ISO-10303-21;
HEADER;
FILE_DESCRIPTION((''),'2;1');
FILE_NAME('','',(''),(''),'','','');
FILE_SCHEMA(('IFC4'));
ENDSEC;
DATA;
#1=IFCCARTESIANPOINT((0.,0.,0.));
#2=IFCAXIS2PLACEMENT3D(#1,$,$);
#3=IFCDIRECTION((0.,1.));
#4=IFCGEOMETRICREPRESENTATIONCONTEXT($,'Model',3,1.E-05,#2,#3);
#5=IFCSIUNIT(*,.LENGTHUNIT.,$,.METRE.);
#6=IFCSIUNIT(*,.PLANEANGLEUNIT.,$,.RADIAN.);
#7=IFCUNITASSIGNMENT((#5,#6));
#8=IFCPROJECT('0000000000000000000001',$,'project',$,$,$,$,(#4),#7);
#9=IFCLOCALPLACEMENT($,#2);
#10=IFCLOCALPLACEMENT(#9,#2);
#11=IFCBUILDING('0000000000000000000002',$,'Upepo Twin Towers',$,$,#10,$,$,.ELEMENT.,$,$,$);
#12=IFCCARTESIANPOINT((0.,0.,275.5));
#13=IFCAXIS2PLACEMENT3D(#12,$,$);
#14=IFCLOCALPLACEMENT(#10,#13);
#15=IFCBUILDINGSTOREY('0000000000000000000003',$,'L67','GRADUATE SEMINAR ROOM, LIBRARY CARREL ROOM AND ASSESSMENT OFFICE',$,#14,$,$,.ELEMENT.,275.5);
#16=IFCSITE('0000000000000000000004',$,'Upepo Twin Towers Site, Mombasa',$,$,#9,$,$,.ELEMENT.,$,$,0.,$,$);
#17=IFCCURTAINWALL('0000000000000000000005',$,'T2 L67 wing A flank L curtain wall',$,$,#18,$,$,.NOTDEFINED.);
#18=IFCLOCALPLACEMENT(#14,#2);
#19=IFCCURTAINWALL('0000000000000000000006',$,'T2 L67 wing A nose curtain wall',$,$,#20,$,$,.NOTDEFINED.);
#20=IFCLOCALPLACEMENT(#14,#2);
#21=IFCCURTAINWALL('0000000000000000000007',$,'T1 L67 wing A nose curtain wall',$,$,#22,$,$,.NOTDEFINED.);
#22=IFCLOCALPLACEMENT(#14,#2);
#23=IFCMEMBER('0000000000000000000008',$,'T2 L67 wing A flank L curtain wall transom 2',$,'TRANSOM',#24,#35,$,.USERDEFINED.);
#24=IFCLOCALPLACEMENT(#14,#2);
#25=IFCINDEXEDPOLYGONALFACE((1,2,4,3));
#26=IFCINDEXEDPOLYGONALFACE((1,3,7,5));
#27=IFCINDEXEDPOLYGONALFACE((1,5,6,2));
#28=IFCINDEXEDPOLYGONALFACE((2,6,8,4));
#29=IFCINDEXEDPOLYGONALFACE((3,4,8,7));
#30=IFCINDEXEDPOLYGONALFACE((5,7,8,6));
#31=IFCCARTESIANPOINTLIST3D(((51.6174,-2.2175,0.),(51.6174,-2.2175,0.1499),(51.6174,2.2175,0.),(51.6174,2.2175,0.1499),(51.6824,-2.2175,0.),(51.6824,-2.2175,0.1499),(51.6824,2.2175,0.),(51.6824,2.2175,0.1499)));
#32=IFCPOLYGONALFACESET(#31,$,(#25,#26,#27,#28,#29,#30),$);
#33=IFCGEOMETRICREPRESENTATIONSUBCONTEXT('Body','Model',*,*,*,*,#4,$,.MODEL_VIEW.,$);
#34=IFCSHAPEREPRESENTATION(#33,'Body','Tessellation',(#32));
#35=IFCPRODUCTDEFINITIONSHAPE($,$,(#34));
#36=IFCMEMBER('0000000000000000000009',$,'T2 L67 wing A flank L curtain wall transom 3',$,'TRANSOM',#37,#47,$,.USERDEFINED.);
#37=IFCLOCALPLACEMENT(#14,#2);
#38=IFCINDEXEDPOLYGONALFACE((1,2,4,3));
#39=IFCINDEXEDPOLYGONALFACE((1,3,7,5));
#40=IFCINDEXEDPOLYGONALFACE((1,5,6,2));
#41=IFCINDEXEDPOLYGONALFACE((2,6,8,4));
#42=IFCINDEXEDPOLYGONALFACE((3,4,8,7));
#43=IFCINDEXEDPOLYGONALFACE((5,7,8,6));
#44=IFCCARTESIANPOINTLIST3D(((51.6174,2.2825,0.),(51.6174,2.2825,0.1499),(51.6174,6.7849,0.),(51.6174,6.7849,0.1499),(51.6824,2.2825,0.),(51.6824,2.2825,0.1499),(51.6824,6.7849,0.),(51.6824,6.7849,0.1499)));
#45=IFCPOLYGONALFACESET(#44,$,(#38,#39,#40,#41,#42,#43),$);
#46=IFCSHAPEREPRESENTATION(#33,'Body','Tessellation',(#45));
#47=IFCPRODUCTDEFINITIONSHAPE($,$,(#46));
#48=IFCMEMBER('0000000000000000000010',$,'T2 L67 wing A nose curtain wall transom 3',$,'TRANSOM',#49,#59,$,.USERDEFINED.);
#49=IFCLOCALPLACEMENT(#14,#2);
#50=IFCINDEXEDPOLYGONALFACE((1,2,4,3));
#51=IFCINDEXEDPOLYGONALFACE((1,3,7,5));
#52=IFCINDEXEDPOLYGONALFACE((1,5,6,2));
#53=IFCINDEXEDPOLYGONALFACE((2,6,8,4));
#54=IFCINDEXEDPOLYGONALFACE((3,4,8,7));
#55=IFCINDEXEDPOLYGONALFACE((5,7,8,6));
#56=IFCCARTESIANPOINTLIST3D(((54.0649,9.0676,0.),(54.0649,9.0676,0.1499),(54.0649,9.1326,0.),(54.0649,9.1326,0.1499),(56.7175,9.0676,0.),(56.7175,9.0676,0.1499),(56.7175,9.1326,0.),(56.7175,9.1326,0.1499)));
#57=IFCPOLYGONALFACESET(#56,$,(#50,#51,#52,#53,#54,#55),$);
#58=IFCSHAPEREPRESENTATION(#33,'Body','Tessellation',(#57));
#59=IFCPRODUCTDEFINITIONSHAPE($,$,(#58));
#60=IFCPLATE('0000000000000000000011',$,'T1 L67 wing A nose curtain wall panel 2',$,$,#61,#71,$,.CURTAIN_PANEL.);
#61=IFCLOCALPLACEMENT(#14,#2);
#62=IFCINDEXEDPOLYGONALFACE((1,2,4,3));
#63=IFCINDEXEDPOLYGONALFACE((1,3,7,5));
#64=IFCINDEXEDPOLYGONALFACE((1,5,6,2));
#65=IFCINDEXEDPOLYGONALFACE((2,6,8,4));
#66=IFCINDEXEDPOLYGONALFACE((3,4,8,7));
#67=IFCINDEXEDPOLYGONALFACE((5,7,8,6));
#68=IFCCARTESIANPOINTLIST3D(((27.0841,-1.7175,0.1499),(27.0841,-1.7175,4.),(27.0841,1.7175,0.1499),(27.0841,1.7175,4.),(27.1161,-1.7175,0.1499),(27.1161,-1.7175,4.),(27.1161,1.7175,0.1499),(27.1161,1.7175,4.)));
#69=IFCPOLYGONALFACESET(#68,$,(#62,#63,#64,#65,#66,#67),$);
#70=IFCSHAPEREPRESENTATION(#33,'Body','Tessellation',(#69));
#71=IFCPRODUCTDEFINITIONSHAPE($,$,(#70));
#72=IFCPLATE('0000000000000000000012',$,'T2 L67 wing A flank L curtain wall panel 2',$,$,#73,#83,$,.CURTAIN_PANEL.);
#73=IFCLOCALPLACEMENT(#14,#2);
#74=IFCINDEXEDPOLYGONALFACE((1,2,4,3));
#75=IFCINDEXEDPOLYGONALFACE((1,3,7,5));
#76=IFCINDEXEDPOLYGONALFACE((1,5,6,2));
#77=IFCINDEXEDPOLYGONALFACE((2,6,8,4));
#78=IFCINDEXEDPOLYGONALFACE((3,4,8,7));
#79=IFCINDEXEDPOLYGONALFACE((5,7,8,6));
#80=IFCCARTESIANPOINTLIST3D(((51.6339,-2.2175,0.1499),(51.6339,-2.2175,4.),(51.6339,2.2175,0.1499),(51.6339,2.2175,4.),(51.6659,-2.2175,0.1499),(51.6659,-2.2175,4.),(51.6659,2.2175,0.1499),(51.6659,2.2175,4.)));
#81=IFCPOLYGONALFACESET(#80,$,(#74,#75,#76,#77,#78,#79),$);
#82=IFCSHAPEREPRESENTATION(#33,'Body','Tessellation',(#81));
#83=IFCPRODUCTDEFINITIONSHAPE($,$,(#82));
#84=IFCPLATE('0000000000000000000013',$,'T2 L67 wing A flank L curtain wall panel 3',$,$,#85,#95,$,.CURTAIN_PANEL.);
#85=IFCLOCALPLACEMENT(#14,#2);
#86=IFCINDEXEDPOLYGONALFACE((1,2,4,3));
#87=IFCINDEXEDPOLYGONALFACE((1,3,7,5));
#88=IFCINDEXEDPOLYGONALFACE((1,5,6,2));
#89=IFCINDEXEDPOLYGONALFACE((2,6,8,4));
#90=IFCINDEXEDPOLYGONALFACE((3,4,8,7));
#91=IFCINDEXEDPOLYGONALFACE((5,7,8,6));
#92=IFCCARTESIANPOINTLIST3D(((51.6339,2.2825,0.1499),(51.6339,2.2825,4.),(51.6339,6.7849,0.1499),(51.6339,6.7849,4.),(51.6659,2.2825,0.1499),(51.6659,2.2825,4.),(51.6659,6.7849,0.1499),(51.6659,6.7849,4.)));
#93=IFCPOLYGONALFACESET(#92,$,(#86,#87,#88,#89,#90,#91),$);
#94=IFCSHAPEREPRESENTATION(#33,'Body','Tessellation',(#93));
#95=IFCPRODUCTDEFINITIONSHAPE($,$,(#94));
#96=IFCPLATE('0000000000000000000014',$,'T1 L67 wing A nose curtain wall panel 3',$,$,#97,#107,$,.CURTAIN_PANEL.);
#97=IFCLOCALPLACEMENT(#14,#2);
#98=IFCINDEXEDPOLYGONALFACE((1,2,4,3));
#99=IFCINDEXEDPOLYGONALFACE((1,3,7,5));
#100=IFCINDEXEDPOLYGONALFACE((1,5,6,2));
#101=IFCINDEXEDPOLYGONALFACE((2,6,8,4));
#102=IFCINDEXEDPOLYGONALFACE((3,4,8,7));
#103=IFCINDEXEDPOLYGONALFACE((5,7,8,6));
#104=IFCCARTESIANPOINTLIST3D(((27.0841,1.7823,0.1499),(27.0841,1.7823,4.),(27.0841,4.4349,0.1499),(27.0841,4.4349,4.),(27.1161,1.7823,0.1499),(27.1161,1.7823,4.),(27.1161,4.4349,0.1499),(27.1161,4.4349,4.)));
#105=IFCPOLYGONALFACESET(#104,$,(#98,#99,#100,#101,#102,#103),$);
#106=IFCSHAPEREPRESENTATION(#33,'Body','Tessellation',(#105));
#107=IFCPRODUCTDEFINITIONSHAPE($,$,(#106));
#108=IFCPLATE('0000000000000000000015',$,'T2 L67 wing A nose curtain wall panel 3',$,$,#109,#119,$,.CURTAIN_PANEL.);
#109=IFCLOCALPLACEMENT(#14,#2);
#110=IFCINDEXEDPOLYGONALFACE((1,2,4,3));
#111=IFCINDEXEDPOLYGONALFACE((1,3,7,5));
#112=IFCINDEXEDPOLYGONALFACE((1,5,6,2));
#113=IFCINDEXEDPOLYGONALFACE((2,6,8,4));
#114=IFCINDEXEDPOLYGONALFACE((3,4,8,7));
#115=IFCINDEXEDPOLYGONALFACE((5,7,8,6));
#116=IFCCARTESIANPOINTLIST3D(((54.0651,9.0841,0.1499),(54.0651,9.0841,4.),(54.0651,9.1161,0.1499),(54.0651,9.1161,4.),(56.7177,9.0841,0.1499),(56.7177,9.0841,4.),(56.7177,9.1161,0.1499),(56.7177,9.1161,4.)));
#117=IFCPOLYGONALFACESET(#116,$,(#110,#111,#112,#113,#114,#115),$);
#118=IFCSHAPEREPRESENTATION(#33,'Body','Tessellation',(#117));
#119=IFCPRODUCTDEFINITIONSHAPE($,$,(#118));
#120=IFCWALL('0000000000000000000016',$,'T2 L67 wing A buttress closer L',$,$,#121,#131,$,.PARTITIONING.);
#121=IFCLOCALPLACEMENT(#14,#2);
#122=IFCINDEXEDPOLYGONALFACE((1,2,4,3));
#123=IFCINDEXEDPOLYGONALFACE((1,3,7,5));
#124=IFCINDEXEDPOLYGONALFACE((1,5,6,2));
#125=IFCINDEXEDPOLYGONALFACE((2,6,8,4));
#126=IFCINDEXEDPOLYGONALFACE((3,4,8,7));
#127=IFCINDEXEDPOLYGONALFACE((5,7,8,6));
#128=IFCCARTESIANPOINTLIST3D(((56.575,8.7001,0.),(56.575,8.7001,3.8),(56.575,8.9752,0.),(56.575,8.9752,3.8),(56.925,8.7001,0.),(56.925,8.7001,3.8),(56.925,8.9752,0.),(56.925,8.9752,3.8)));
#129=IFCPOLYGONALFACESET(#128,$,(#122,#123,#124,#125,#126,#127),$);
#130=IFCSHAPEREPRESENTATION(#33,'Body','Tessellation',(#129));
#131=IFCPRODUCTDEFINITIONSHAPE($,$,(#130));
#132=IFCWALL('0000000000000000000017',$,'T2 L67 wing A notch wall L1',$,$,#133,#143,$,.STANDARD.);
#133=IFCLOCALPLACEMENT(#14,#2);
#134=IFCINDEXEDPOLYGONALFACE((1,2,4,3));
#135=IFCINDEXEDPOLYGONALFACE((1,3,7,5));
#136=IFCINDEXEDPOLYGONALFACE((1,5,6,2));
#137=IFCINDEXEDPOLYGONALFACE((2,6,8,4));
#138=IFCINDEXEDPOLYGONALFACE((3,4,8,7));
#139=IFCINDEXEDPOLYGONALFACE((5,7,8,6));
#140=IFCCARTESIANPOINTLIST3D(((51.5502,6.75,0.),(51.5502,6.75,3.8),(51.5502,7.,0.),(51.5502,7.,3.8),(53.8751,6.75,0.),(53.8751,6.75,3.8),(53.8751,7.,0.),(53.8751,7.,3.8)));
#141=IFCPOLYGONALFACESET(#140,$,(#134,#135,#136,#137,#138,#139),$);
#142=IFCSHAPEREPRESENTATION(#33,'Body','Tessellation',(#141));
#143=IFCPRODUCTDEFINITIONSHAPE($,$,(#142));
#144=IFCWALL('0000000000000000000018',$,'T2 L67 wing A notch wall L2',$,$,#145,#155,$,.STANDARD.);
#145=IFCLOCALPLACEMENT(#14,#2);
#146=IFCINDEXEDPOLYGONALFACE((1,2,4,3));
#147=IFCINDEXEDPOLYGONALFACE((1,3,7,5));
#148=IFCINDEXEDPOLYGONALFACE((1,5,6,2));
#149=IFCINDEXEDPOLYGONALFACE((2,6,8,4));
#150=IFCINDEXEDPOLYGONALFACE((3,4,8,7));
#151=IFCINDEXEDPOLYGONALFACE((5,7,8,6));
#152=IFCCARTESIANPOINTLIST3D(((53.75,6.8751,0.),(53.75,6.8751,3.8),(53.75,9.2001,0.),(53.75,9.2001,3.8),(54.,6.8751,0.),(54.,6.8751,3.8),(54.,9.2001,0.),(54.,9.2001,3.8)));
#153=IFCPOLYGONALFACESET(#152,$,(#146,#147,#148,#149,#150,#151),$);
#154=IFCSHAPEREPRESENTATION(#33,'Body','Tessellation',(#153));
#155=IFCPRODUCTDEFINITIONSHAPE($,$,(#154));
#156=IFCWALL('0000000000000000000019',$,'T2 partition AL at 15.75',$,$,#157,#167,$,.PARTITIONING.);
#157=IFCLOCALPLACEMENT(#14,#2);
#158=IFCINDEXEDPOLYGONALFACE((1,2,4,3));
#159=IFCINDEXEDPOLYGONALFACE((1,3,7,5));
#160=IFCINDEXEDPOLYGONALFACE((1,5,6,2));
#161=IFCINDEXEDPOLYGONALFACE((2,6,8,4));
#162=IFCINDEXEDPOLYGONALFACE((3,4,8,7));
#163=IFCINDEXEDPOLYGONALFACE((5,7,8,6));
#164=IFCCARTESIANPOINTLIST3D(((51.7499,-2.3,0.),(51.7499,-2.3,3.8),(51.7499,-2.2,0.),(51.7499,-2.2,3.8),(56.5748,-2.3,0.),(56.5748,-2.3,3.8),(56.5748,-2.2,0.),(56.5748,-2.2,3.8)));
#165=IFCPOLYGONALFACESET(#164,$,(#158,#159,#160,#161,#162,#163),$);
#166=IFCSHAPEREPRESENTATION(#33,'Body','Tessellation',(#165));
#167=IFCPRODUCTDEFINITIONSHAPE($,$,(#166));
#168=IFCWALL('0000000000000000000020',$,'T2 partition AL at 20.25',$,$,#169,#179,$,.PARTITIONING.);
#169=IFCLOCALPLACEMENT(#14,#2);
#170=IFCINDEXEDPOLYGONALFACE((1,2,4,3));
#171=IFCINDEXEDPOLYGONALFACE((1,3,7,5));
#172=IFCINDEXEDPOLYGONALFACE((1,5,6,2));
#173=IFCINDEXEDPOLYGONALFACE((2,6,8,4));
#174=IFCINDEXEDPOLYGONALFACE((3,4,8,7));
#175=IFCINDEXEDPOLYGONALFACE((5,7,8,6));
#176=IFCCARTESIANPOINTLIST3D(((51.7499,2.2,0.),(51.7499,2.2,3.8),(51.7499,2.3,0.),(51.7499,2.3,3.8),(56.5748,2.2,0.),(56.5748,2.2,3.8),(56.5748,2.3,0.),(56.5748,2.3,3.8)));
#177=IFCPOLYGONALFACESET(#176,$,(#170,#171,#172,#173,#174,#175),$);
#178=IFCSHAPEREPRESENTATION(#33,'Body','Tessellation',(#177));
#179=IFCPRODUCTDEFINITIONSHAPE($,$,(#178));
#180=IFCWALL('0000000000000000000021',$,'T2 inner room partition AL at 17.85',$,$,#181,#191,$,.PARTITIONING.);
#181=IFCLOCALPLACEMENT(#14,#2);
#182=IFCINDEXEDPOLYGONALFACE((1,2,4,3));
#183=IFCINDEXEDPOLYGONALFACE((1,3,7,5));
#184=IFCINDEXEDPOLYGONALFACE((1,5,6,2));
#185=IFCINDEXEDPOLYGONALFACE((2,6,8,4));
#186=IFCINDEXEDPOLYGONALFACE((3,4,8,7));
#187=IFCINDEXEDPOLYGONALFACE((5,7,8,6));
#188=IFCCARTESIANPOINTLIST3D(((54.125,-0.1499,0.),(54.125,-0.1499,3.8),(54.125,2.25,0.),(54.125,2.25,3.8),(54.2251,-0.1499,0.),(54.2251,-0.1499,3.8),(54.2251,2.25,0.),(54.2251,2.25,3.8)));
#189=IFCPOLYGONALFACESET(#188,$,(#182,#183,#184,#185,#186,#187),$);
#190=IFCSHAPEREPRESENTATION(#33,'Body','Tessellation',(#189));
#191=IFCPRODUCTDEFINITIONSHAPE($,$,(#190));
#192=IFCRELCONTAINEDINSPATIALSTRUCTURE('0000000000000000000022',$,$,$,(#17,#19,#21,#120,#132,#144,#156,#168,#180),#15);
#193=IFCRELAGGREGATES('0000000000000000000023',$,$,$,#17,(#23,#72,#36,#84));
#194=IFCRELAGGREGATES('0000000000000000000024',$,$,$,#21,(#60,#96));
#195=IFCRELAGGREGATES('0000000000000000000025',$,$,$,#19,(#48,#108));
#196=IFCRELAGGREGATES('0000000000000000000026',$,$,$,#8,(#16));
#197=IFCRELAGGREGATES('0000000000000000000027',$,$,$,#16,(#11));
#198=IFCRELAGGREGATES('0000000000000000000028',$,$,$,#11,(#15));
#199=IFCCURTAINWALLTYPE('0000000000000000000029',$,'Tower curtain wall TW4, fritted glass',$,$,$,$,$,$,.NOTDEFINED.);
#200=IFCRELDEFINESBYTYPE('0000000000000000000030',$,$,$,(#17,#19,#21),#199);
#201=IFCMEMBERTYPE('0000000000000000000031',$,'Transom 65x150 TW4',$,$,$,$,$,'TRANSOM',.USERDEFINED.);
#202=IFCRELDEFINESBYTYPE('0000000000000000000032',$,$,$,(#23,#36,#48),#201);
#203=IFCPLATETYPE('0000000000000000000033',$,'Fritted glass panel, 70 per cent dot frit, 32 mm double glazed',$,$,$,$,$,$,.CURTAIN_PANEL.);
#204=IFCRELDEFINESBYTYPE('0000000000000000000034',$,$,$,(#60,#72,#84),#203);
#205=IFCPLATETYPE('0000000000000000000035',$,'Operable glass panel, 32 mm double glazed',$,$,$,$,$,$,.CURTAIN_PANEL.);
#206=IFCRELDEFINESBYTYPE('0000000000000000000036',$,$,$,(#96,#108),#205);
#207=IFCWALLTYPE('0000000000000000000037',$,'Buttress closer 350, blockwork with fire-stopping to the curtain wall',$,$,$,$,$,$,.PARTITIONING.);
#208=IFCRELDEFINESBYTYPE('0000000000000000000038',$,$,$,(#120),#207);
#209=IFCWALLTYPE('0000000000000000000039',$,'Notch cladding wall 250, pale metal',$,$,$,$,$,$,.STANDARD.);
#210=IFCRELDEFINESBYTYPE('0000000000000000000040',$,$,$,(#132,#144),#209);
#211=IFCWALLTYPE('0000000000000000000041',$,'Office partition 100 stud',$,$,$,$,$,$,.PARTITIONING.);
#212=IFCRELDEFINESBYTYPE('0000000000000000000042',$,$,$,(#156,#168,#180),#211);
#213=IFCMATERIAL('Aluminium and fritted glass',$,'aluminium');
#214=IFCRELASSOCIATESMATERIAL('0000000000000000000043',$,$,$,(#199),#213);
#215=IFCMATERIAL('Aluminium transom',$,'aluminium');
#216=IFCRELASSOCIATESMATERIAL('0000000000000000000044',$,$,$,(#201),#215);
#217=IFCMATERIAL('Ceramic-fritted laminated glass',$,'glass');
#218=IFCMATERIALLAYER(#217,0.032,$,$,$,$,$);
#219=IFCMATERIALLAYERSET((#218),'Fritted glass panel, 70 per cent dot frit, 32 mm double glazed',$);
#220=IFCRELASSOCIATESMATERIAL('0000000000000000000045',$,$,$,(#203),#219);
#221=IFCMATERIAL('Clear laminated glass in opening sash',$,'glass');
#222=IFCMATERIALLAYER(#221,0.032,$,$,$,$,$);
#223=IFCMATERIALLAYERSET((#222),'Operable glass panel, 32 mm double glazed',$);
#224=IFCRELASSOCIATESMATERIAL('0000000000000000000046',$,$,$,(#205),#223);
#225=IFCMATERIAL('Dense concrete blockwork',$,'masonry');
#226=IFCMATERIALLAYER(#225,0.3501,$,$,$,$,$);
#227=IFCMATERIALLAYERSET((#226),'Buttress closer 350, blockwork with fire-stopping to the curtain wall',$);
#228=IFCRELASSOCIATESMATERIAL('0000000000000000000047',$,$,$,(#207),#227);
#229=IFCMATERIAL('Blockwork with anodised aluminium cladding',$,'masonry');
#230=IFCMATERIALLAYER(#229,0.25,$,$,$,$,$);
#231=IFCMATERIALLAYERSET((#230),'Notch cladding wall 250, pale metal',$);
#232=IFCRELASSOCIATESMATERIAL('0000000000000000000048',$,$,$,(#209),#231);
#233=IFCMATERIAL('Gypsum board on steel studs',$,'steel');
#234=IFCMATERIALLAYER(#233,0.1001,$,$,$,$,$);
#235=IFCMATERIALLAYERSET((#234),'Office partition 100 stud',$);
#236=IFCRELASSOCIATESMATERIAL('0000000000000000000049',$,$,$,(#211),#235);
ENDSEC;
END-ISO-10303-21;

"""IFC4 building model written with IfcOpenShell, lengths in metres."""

from ifc_helpers import new_model, si_unit, direction, frame, frame_2d, origin, origin_2d, place, context, subcontext, project, spatial, rectangle, extrude, material, layer, layer_set, material_profile, profile_set, type_object, element, aggregate, save


model = new_model("IFC4")

# Units and contexts
model_context = context("Model", 3, precision=1e-05, world=origin(), true_north=direction((0.0, 1.0)))
body_context = subcontext(model_context, "Body", "Model", "MODEL_VIEW")
ifc_project = project(units=[si_unit("LENGTHUNIT", "METRE"), si_unit("PLANEANGLEUNIT", "RADIAN")], contexts=[model_context])

# Site, building, storey
site_placement = place(None, origin())
site = spatial("IfcSite", under=ifc_project, at=site_placement, Name="Upepo Twin Towers Site, Mombasa", CompositionType="ELEMENT", RefElevation=0.0)
building_placement = place(site_placement, origin())
building = spatial("IfcBuilding", under=site, at=building_placement, Name="Upepo Twin Towers", CompositionType="ELEMENT")
storey_placement = place(building_placement, frame((0.0, 0.0, 275.5)))
storey = spatial("IfcBuildingStorey", under=building, at=storey_placement, Name="L67", Description="GRADUATE SEMINAR ROOM, LIBRARY CARREL ROOM AND ASSESSMENT OFFICE", CompositionType="ELEMENT", Elevation=275.5)

# Curtain walls
ifc_material_1 = material(Name="Aluminium and fritted glass", Category="aluminium")
curtain_wall_type = type_object("IfcCurtainWallType", Name="Tower curtain wall TW4, fritted glass", PredefinedType="NOTDEFINED", material=ifc_material_1)
curtain_wall_1_placement = place(storey_placement, origin())
curtain_wall_1 = element("IfcCurtainWall", 1, at=curtain_wall_1_placement, inside=storey, type_object=curtain_wall_type, Name="T2 L67 wing A flank L curtain wall", PredefinedType="NOTDEFINED")
curtain_wall_2_placement = place(storey_placement, origin())
curtain_wall_2 = element("IfcCurtainWall", 2, at=curtain_wall_2_placement, inside=storey, type_object=curtain_wall_type, Name="T2 L67 wing A nose curtain wall", PredefinedType="NOTDEFINED")
curtain_wall_3_placement = place(storey_placement, origin())
curtain_wall_3 = element("IfcCurtainWall", 3, at=curtain_wall_3_placement, inside=storey, type_object=curtain_wall_type, Name="T1 L67 wing A nose curtain wall", PredefinedType="NOTDEFINED")
ifc_material_2 = material(Name="Aluminium transom", Category="aluminium")
ifc_material_profile_1 = material_profile(ifc_material_2, rectangle(XDim=0.0649, YDim=0.1499, at=origin_2d()), Name="TRANSOM 65x150")
ifc_profile_set_1 = profile_set([ifc_material_profile_1], Name="Aluminium transom")
member_type_1 = type_object("IfcMemberType", Name="Transom 65x150 TW4", ElementType="TRANSOM", PredefinedType="USERDEFINED", material=ifc_profile_set_1)

# Members
member_1_placement = place(storey_placement, frame((51.6499, -2.2175, 0.075), z_axis=(0.0, 1.0, 0.0), x_axis=(-1.0, 0.0, 0.0)))
member_1 = element("IfcMember", 4, at=member_1_placement, type_object=member_type_1, Name="T2 L67 wing A flank L curtain wall transom 2", ObjectType="TRANSOM", PredefinedType="USERDEFINED", context=body_context, shape_type="SweptSolid", body=[
    extrude(rectangle(XDim=0.0649, YDim=0.1499, at=origin_2d()), origin(), (0.0, 0.0, 1.0), 4.4351),
])
member_2_placement = place(storey_placement, frame((51.6499, 2.2825, 0.075), z_axis=(0.0, 1.0, 0.0), x_axis=(-1.0, 0.0, 0.0)))
member_2 = element("IfcMember", 5, at=member_2_placement, type_object=member_type_1, Name="T2 L67 wing A flank L curtain wall transom 3", ObjectType="TRANSOM", PredefinedType="USERDEFINED", context=body_context, shape_type="SweptSolid", body=[
    extrude(rectangle(XDim=0.0649, YDim=0.1499, at=origin_2d()), origin(), (0.0, 0.0, 1.0), 4.5024),
])
member_3_placement = place(storey_placement, frame((56.7175, 9.1001, 0.075), z_axis=(-1.0, 0.0, 0.0), x_axis=(0.0, -1.0, 0.0)))
member_3 = element("IfcMember", 6, at=member_3_placement, type_object=member_type_1, Name="T2 L67 wing A nose curtain wall transom 3", ObjectType="TRANSOM", PredefinedType="USERDEFINED", context=body_context, shape_type="SweptSolid", body=[
    extrude(rectangle(XDim=0.0649, YDim=0.1499, at=origin_2d()), origin(), (0.0, 0.0, 1.0), 2.6526),
])

# Plates
ifc_material_3 = material(Name="Ceramic-fritted laminated glass", Category="glass")
ifc_layer_1 = layer(ifc_material_3, 0.032)
ifc_layer_set_1 = layer_set([ifc_layer_1], Name="Fritted glass panel, 70 per cent dot frit, 32 mm double glazed")
plate_type_1 = type_object("IfcPlateType", Name="Fritted glass panel, 70 per cent dot frit, 32 mm double glazed", PredefinedType="CURTAIN_PANEL", material=ifc_layer_set_1)
plate_1_placement = place(storey_placement, frame((27.1001, 0.0, 0.1499), z_axis=(0.0, 0.0, 1.0), x_axis=(0.0, 1.0, 0.0)))
plate_1 = element("IfcPlate", 7, at=plate_1_placement, type_object=plate_type_1, Name="T1 L67 wing A nose curtain wall panel 2", PredefinedType="CURTAIN_PANEL", context=body_context, shape_type="SweptSolid", body=[
    extrude(rectangle(XDim=3.4351, YDim=0.032, at=origin_2d()), origin(), (0.0, 0.0, 1.0), 3.8501),
])
plate_2_placement = place(storey_placement, frame((51.6499, 0.0, 0.1499), z_axis=(0.0, 0.0, 1.0), x_axis=(0.0, 1.0, 0.0)))
plate_2 = element("IfcPlate", 8, at=plate_2_placement, type_object=plate_type_1, Name="T2 L67 wing A flank L curtain wall panel 2", PredefinedType="CURTAIN_PANEL", context=body_context, shape_type="SweptSolid", body=[
    extrude(rectangle(XDim=4.4351, YDim=0.032, at=origin_2d()), origin(), (0.0, 0.0, 1.0), 3.8501),
])
plate_3_placement = place(storey_placement, frame((51.6499, 4.5337, 0.1499), z_axis=(0.0, 0.0, 1.0), x_axis=(0.0, 1.0, 0.0)))
plate_3 = element("IfcPlate", 9, at=plate_3_placement, type_object=plate_type_1, Name="T2 L67 wing A flank L curtain wall panel 3", PredefinedType="CURTAIN_PANEL", context=body_context, shape_type="SweptSolid", body=[
    extrude(rectangle(XDim=4.5024, YDim=0.032, at=origin_2d()), origin(), (0.0, 0.0, 1.0), 3.8501),
])
aggregate(curtain_wall_1, [member_1, plate_2, member_2, plate_3])
ifc_material_4 = material(Name="Clear laminated glass in opening sash", Category="glass")
ifc_layer_2 = layer(ifc_material_4, 0.032)
ifc_layer_set_2 = layer_set([ifc_layer_2], Name="Operable glass panel, 32 mm double glazed")
plate_type_2 = type_object("IfcPlateType", Name="Operable glass panel, 32 mm double glazed", PredefinedType="CURTAIN_PANEL", material=ifc_layer_set_2)
plate_4_placement = place(storey_placement, frame((27.1001, 3.1086, 0.1499), z_axis=(0.0, 0.0, 1.0), x_axis=(0.0, 1.0, 0.0)))
plate_4 = element("IfcPlate", 10, at=plate_4_placement, type_object=plate_type_2, Name="T1 L67 wing A nose curtain wall panel 3", PredefinedType="CURTAIN_PANEL", context=body_context, shape_type="SweptSolid", body=[
    extrude(rectangle(XDim=2.6526, YDim=0.032, at=origin_2d()), origin(), (0.0, 0.0, 1.0), 3.8501),
])
aggregate(curtain_wall_3, [plate_1, plate_4])
plate_5_placement = place(storey_placement, frame((55.3914, 9.1001, 0.1499), z_axis=(0.0, 0.0, 1.0), x_axis=(-1.0, 0.0, 0.0)))
plate_5 = element("IfcPlate", 11, at=plate_5_placement, type_object=plate_type_2, Name="T2 L67 wing A nose curtain wall panel 3", PredefinedType="CURTAIN_PANEL", context=body_context, shape_type="SweptSolid", body=[
    extrude(rectangle(XDim=2.6526, YDim=0.032, at=origin_2d()), origin(), (0.0, 0.0, 1.0), 3.8501),
])
aggregate(curtain_wall_2, [member_3, plate_5])

# Walls
ifc_material_5 = material(Name="Dense concrete blockwork", Category="masonry")
ifc_layer_3 = layer(ifc_material_5, 0.3501)
ifc_layer_set_3 = layer_set([ifc_layer_3], Name="Buttress closer 350, blockwork with fire-stopping to the curtain wall")
wall_type_1 = type_object("IfcWallType", Name="Buttress closer 350, blockwork with fire-stopping to the curtain wall", PredefinedType="PARTITIONING", material=ifc_layer_set_3)
wall_1_placement = place(storey_placement, frame((56.75, 8.7, 0.0), z_axis=(0.0, 0.0, 1.0), x_axis=(0.0, 1.0, 0.0)))
element("IfcWall", 12, at=wall_1_placement, inside=storey, type_object=wall_type_1, Name="T2 L67 wing A buttress closer L", PredefinedType="PARTITIONING", context=body_context, shape_type="SweptSolid", body=[
    extrude(rectangle(XDim=0.2751, YDim=0.3501, at=frame_2d((0.1377, 0.0))), origin(), (0.0, 0.0, 1.0), 3.8),
])
ifc_material_6 = material(Name="Blockwork with anodised aluminium cladding", Category="masonry")
ifc_layer_4 = layer(ifc_material_6, 0.25)
ifc_layer_set_4 = layer_set([ifc_layer_4], Name="Notch cladding wall 250, pale metal")
wall_type_2 = type_object("IfcWallType", Name="Notch cladding wall 250, pale metal", PredefinedType="STANDARD", material=ifc_layer_set_4)
for number, where, z_axis, x_axis, name in (
    (13, (51.55, 6.875, 0.0), (0.0, 0.0, 1.0), (1.0, 0.0, 0.0), "T2 L67 wing A notch wall L1"),
    (14, (53.875, 6.875, 0.0), (0.0, 0.0, 1.0), (0.0, 1.0, 0.0), "T2 L67 wing A notch wall L2"),
):
    element("IfcWall", number, at=place(storey_placement, frame(where, z_axis=z_axis, x_axis=x_axis)), inside=storey, type_object=wall_type_2, Name=name, PredefinedType="STANDARD", context=body_context, shape_type="SweptSolid", body=[
        extrude(rectangle(XDim=2.325, YDim=0.25, at=frame_2d((1.1626, 0.0))), origin(), (0.0, 0.0, 1.0), 3.8),
    ])
ifc_material_7 = material(Name="Gypsum board on steel studs", Category="steel")
ifc_layer_5 = layer(ifc_material_7, 0.1001)
ifc_layer_set_5 = layer_set([ifc_layer_5], Name="Office partition 100 stud")
wall_type_3 = type_object("IfcWallType", Name="Office partition 100 stud", PredefinedType="PARTITIONING", material=ifc_layer_set_5)
for number, where, z_axis, x_axis, name in (
    (15, (56.575, -2.25, 0.0), (0.0, 0.0, 1.0), (-1.0, 0.0, 0.0), "T2 partition AL at 15.75"),
    (16, (56.575, 2.25, 0.0), (0.0, 0.0, 1.0), (-1.0, 0.0, 0.0), "T2 partition AL at 20.25"),
):
    element("IfcWall", number, at=place(storey_placement, frame(where, z_axis=z_axis, x_axis=x_axis)), inside=storey, type_object=wall_type_3, Name=name, PredefinedType="PARTITIONING", context=body_context, shape_type="SweptSolid", body=[
        extrude(rectangle(XDim=4.825, YDim=0.1001, at=frame_2d((2.4126, 0.0))), origin(), (0.0, 0.0, 1.0), 3.8),
    ])
wall_2_placement = place(storey_placement, frame((54.175, -0.1499, 0.0), z_axis=(0.0, 0.0, 1.0), x_axis=(0.0, 1.0, 0.0)))
element("IfcWall", 17, at=wall_2_placement, inside=storey, type_object=wall_type_3, Name="T2 inner room partition AL at 17.85", PredefinedType="PARTITIONING", context=body_context, shape_type="SweptSolid", body=[
    extrude(rectangle(XDim=2.3999, YDim=0.1001, at=frame_2d((1.2, 0.0))), origin(), (0.0, 0.0, 1.0), 3.8),
])

save(model, "model.ifc")
